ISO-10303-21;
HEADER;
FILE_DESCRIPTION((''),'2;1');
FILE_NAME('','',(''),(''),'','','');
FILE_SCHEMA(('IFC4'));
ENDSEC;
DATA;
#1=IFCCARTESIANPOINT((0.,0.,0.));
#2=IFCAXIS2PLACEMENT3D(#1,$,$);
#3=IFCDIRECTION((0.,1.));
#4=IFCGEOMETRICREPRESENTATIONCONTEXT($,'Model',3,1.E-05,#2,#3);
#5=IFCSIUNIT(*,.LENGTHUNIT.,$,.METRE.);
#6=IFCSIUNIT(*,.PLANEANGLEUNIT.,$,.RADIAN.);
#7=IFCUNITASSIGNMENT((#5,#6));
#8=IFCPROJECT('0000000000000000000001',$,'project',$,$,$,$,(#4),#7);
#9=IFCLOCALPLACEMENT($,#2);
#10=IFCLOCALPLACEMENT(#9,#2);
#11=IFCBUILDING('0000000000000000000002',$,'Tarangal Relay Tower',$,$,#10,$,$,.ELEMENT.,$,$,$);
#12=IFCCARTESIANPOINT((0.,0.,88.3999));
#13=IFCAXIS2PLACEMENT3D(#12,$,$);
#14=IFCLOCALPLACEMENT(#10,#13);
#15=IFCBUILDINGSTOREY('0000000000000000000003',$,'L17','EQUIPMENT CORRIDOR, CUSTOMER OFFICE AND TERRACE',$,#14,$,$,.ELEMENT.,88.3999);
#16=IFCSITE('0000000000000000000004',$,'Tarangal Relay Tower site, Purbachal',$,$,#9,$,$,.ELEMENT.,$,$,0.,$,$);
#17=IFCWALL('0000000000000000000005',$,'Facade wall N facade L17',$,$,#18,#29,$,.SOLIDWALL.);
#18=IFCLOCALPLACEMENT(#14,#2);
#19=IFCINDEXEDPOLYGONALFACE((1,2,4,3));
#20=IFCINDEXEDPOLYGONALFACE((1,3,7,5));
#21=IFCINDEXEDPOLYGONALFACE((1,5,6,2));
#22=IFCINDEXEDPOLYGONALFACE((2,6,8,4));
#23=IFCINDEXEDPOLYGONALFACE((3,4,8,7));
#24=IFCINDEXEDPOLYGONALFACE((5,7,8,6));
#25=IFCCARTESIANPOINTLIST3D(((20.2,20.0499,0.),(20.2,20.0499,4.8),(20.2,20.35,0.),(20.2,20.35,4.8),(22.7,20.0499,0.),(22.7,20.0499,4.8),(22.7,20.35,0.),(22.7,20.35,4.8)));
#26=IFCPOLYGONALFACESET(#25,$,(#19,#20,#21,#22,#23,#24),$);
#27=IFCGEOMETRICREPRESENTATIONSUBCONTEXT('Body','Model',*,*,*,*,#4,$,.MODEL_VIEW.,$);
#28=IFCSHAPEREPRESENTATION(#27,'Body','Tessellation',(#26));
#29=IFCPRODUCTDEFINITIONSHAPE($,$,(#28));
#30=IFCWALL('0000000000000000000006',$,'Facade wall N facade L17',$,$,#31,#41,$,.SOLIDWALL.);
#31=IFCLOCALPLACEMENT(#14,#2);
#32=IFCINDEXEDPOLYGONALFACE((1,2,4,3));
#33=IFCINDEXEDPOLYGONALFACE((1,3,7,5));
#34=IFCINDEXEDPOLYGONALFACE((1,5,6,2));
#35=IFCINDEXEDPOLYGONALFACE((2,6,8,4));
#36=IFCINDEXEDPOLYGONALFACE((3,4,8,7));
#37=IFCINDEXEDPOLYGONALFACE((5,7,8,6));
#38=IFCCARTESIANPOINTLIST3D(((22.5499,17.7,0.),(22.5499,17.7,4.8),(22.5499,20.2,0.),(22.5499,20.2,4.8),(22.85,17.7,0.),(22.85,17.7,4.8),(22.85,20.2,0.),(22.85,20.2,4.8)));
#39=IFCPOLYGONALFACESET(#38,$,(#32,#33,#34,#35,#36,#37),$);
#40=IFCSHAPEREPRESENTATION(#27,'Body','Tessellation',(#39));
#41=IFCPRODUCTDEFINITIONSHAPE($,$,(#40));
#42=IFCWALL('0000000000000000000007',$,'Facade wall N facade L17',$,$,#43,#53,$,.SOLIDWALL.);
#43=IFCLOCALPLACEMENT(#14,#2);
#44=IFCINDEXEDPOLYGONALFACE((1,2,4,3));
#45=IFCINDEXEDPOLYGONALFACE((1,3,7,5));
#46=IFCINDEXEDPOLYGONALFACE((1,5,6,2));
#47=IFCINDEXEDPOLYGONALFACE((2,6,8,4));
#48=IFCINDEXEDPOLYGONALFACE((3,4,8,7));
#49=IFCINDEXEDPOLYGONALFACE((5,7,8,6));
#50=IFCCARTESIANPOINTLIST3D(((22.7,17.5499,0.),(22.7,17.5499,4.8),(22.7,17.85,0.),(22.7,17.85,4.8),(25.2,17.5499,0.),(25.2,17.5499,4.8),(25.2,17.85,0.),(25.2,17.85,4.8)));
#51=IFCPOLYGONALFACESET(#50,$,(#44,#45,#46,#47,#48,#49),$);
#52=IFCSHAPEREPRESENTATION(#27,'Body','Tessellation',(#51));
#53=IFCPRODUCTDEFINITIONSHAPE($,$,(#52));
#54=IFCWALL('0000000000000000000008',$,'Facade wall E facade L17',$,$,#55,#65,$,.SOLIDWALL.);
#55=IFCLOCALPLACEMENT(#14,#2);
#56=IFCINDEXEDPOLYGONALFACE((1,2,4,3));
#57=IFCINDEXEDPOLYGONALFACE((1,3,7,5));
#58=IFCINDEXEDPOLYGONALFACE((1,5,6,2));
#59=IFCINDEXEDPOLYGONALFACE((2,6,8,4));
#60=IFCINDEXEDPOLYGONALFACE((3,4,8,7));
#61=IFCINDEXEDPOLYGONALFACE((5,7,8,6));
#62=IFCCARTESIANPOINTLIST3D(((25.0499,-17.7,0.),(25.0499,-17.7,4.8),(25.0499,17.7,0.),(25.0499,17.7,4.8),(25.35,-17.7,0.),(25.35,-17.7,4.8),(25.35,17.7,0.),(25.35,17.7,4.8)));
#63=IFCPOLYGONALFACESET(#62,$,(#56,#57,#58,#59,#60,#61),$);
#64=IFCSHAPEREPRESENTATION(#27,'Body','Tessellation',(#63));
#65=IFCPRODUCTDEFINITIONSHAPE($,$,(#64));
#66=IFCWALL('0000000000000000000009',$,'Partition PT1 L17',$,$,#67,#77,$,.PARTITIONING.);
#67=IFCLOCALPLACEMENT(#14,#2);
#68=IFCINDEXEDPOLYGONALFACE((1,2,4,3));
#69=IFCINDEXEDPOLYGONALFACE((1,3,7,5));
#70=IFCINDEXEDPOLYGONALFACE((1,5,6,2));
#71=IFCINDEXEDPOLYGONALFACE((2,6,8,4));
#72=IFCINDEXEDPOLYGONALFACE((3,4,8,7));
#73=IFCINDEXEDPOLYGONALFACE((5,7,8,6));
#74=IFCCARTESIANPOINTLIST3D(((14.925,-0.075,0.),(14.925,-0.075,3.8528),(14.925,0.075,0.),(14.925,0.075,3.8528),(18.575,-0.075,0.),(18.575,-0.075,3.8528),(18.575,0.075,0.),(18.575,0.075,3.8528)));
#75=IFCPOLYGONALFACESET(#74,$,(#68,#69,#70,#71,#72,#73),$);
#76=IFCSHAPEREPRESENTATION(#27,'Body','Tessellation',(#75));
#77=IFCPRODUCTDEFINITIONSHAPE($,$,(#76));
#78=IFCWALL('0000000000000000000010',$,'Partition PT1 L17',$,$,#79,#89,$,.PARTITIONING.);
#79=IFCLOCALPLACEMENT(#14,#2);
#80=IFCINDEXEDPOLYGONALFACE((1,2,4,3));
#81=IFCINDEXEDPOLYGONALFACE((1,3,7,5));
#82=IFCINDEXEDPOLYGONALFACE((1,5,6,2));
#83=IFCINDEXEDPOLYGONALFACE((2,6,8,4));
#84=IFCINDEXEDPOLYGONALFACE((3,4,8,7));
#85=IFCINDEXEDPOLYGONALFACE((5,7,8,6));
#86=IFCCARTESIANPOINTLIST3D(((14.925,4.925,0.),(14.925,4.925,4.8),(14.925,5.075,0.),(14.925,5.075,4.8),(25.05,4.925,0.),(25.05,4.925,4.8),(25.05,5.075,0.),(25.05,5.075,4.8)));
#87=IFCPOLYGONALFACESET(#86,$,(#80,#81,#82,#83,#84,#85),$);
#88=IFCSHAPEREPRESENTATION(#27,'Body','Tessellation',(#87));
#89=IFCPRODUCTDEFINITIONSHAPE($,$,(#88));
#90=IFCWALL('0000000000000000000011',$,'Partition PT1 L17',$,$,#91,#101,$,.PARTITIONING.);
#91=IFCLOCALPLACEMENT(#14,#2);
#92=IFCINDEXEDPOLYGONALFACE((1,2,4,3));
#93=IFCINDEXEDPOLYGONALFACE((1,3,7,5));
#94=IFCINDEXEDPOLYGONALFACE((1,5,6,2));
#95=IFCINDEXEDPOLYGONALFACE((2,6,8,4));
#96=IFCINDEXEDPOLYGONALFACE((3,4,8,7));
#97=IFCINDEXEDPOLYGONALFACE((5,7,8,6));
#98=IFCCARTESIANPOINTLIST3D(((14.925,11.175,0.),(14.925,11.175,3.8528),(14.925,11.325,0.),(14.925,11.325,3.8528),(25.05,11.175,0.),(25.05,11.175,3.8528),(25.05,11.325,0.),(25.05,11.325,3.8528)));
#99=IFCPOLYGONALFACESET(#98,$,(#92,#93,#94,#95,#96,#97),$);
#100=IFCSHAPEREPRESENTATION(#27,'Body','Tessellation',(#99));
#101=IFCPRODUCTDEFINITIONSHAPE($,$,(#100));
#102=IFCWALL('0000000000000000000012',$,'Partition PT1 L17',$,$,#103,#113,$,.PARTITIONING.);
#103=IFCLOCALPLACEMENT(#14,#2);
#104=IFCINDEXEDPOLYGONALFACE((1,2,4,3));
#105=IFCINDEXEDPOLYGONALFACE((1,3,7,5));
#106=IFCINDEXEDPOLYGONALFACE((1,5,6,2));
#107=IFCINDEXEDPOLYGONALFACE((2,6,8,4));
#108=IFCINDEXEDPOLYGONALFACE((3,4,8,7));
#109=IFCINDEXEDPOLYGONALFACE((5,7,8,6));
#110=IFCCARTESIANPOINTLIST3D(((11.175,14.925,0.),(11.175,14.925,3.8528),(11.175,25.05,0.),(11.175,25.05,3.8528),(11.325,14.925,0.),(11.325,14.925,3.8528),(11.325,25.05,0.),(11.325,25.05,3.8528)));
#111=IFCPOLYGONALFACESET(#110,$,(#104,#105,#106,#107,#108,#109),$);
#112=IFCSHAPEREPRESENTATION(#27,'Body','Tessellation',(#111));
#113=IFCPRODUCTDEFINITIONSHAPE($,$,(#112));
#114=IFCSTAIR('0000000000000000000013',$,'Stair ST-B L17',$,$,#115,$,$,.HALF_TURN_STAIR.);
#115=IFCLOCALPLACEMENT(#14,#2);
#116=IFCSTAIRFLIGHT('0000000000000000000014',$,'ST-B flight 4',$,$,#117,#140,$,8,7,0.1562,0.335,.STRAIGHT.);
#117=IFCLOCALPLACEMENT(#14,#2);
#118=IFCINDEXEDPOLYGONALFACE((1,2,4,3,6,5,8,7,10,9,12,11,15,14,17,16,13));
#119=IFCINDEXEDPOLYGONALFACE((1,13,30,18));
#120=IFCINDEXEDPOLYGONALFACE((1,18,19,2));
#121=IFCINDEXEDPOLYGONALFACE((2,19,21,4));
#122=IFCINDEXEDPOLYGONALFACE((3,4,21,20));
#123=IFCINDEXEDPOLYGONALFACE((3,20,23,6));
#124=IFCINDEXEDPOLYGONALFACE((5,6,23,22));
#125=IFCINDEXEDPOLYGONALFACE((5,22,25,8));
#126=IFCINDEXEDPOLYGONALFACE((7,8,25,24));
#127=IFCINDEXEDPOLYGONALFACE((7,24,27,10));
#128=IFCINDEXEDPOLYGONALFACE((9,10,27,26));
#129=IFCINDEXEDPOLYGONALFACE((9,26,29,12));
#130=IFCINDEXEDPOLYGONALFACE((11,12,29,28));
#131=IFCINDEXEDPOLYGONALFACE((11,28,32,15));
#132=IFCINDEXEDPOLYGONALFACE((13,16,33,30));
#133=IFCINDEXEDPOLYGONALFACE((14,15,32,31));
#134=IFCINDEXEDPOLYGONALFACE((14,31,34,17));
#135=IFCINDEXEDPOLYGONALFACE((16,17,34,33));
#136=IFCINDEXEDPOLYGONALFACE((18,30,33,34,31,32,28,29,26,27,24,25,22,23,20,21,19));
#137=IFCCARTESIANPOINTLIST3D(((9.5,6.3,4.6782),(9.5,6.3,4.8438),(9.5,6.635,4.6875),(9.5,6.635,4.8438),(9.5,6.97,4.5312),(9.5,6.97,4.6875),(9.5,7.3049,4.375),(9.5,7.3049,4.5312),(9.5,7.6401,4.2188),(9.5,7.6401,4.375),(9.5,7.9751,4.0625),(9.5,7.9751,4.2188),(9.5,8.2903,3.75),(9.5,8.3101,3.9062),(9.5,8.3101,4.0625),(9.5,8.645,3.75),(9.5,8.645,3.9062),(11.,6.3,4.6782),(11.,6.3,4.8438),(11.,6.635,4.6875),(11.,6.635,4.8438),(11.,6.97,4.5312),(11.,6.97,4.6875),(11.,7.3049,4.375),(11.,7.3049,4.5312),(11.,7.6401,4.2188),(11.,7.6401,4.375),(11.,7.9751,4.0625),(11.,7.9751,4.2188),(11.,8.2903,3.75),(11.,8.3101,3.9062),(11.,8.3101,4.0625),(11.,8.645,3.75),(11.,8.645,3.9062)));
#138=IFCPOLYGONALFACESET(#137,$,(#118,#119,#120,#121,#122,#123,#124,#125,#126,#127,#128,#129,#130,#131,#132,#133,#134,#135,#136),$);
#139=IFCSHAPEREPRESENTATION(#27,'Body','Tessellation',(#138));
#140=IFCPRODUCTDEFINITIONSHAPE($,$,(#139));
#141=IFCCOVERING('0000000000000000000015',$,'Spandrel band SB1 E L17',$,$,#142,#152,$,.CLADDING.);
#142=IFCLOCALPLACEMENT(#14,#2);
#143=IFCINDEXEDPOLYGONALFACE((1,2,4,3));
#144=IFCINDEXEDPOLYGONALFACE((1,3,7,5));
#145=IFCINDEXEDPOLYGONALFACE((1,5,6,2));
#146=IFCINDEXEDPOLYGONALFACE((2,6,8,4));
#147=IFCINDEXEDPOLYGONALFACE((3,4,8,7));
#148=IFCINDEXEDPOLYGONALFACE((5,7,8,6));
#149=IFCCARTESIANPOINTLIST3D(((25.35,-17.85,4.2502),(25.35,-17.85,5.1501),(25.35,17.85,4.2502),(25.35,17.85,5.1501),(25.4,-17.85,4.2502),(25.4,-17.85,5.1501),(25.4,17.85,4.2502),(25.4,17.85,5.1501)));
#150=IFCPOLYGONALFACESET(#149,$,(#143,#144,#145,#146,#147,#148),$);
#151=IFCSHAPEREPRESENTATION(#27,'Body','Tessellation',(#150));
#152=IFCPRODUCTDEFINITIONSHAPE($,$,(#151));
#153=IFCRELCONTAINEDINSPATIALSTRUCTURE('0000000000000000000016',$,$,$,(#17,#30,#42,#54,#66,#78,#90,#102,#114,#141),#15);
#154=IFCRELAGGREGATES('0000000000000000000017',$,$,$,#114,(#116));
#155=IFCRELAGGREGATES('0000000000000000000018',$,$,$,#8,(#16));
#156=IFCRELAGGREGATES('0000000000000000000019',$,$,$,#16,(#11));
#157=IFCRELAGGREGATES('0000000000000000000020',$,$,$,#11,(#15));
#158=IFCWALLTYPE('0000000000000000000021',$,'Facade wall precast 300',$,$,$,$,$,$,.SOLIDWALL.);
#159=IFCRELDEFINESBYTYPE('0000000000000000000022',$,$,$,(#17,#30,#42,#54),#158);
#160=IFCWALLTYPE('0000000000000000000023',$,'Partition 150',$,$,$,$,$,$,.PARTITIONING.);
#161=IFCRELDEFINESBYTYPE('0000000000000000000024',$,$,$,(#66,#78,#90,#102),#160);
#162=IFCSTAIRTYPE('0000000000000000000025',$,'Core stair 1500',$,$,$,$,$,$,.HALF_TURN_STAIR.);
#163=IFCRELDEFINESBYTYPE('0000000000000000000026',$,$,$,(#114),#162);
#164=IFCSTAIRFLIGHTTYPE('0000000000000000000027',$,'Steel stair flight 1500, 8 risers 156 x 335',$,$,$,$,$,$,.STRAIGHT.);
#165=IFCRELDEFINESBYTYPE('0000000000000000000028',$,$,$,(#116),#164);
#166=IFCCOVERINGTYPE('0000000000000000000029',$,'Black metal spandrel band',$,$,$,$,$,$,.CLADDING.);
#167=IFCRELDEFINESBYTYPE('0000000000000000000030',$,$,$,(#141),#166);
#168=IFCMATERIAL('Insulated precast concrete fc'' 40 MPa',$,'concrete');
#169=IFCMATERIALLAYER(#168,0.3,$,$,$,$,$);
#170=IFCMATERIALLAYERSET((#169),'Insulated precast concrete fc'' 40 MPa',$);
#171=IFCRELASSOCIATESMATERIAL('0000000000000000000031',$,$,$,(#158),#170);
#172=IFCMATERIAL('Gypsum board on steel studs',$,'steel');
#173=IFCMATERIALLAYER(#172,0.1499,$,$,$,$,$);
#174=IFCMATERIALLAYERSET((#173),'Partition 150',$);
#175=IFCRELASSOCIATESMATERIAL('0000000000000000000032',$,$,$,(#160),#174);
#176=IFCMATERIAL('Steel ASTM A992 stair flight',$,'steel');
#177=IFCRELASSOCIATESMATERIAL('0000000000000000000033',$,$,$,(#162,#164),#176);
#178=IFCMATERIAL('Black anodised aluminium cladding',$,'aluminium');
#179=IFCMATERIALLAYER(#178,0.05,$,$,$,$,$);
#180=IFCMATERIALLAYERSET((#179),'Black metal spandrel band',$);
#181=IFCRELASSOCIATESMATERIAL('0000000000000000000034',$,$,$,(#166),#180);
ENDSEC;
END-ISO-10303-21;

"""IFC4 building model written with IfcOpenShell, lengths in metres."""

from ifc_helpers import new_model, si_unit, direction, frame, frame_2d, origin, origin_2d, place, context, subcontext, project, spatial, polyline, rectangle, outline, extrude, material, layer, layer_set, type_object, element, aggregate, save


model = new_model("IFC4")

# Units and contexts
model_context = context("Model", 3, precision=1e-05, world=origin(), true_north=direction((0.0, 1.0)))
body_context = subcontext(model_context, "Body", "Model", "MODEL_VIEW")
ifc_project = project(units=[si_unit("LENGTHUNIT", "METRE"), si_unit("PLANEANGLEUNIT", "RADIAN")], contexts=[model_context])

# Site, building, storey
site_placement = place(None, origin())
site = spatial("IfcSite", under=ifc_project, at=site_placement, Name="Tarangal Relay Tower site, Purbachal", CompositionType="ELEMENT", RefElevation=0.0)
building_placement = place(site_placement, origin())
building = spatial("IfcBuilding", under=site, at=building_placement, Name="Tarangal Relay Tower", CompositionType="ELEMENT")
storey_placement = place(building_placement, frame((0.0, 0.0, 88.3999)))
storey = spatial("IfcBuildingStorey", under=building, at=storey_placement, Name="L17", Description="EQUIPMENT CORRIDOR, CUSTOMER OFFICE AND TERRACE", CompositionType="ELEMENT", Elevation=88.3999)

# Shared definitions
ifc_material_1 = material(Name="Insulated precast concrete fc' 40 MPa", Category="concrete")
ifc_layer_1 = layer(ifc_material_1, 0.3)
ifc_layer_set_1 = layer_set([ifc_layer_1], Name="Insulated precast concrete fc' 40 MPa")
wall_type_1 = type_object("IfcWallType", Name="Facade wall precast 300", PredefinedType="SOLIDWALL", material=ifc_layer_set_1)

# Walls
for number, where, z_axis, x_axis, name in (
    (1, (20.2, 20.2, 0.0), (0.0, 0.0, 1.0), (1.0, 0.0, 0.0), "Facade wall N facade L17"),
    (2, (22.7, 20.2, 0.0), (0.0, 0.0, 1.0), (0.0, -1.0, 0.0), "Facade wall N facade L17"),
    (3, (22.7, 17.7, 0.0), (0.0, 0.0, 1.0), (1.0, 0.0, 0.0), "Facade wall N facade L17"),
):
    element("IfcWall", number, at=place(storey_placement, frame(where, z_axis=z_axis, x_axis=x_axis)), inside=storey, type_object=wall_type_1, Name=name, PredefinedType="SOLIDWALL", context=body_context, shape_type="SweptSolid", body=[
        extrude(rectangle(XDim=2.5, YDim=0.3, at=frame_2d((1.25, 0.0))), origin(), (0.0, 0.0, 1.0), 4.8),
    ])
wall_1_placement = place(storey_placement, frame((25.2, 17.7, 0.0), z_axis=(0.0, 0.0, 1.0), x_axis=(0.0, -1.0, 0.0)))
element("IfcWall", 4, at=wall_1_placement, inside=storey, type_object=wall_type_1, Name="Facade wall E facade L17", PredefinedType="SOLIDWALL", context=body_context, shape_type="SweptSolid", body=[
    extrude(rectangle(XDim=35.3999, YDim=0.3, at=frame_2d((17.7, 0.0))), origin(), (0.0, 0.0, 1.0), 4.8),
])
ifc_material_2 = material(Name="Gypsum board on steel studs", Category="steel")
ifc_layer_2 = layer(ifc_material_2, 0.1499)
ifc_layer_set_2 = layer_set([ifc_layer_2], Name="Partition 150")
wall_type_2 = type_object("IfcWallType", Name="Partition 150", PredefinedType="PARTITIONING", material=ifc_layer_set_2)
wall_2_placement = place(storey_placement, frame((14.925, 0.0, 0.0), z_axis=(0.0, 0.0, 1.0), x_axis=(1.0, 0.0, 0.0)))
element("IfcWall", 5, at=wall_2_placement, inside=storey, type_object=wall_type_2, Name="Partition PT1 L17", PredefinedType="PARTITIONING", context=body_context, shape_type="SweptSolid", body=[
    extrude(rectangle(XDim=3.6499, YDim=0.1499, at=frame_2d((1.825, 0.0))), origin(), (0.0, 0.0, 1.0), 3.8528),
])
wall_3_placement = place(storey_placement, frame((14.925, 5.0, 0.0), z_axis=(0.0, 0.0, 1.0), x_axis=(1.0, 0.0, 0.0)))
element("IfcWall", 6, at=wall_3_placement, inside=storey, type_object=wall_type_2, Name="Partition PT1 L17", PredefinedType="PARTITIONING", context=body_context, shape_type="SweptSolid", body=[
    extrude(rectangle(XDim=10.125, YDim=0.1499, at=frame_2d((5.0625, 0.0))), origin(), (0.0, 0.0, 1.0), 4.8),
])
for number, where, z_axis, x_axis, name in (
    (7, (14.925, 11.25, 0.0), (0.0, 0.0, 1.0), (1.0, 0.0, 0.0), "Partition PT1 L17"),
    (8, (11.25, 14.925, 0.0), (0.0, 0.0, 1.0), (0.0, 1.0, 0.0), "Partition PT1 L17"),
):
    element("IfcWall", number, at=place(storey_placement, frame(where, z_axis=z_axis, x_axis=x_axis)), inside=storey, type_object=wall_type_2, Name=name, PredefinedType="PARTITIONING", context=body_context, shape_type="SweptSolid", body=[
        extrude(rectangle(XDim=10.125, YDim=0.1499, at=frame_2d((5.0625, 0.0))), origin(), (0.0, 0.0, 1.0), 3.8528),
    ])

# Stair, stair flight
ifc_material_3 = material(Name="Steel ASTM A992 stair flight", Category="steel")
stair_type = type_object("IfcStairType", Name="Core stair 1500", PredefinedType="HALF_TURN_STAIR", material=ifc_material_3)
stair_placement = place(storey_placement, origin())
stair = element("IfcStair", 9, at=stair_placement, inside=storey, type_object=stair_type, Name="Stair ST-B L17", PredefinedType="HALF_TURN_STAIR")
stair_flight_type = type_object("IfcStairFlightType", Name="Steel stair flight 1500, 8 risers 156 x 335", PredefinedType="STRAIGHT", material=ifc_material_3)
stair_flight_placement = place(storey_placement, frame((10.25, 8.645, 3.75), z_axis=(0.0, 0.0, 1.0), x_axis=(0.0, -1.0, 0.0)))
stair_flight = element("IfcStairFlight", 10, at=stair_flight_placement, type_object=stair_flight_type, Name="ST-B flight 4", NumberOfRisers=8, NumberOfTreads=7, PredefinedType="STRAIGHT", RiserHeight=0.1562, TreadLength=0.335, context=body_context, shape_type="SweptSolid", body=[
    extrude(outline(polyline([(0.0, 0.0), (0.0, 0.1562), (0.335, 0.1562), (0.335, 0.3125), (0.6699, 0.3125), (0.6699, 0.4688), (1.0049, 0.4688), (1.0049, 0.625), (1.3401, 0.625), (1.3401, 0.7812), (1.675, 0.7812), (1.675, 0.9375), (2.01, 0.9375), (2.01, 1.0938), (2.345, 1.0938), (2.345, 1.25), (2.345, 0.9282), (0.3547, 0.0), (0.0, 0.0)])), frame((0.0, 0.75, 0.0), z_axis=(0.0, -1.0, 0.0), x_axis=(1.0, 0.0, 0.0)), (0.0, 0.0, 1.0), 1.5),
])
aggregate(stair, [stair_flight])

# Covering
ifc_material_4 = material(Name="Black anodised aluminium cladding", Category="aluminium")
ifc_layer_3 = layer(ifc_material_4, 0.05)
ifc_layer_set_3 = layer_set([ifc_layer_3], Name="Black metal spandrel band")
covering_type = type_object("IfcCoveringType", Name="Black metal spandrel band", PredefinedType="CLADDING", material=ifc_layer_set_3)
covering_placement = place(storey_placement, frame((25.375, 0.0, 4.2502), z_axis=(0.0, 0.0, 1.0), x_axis=(0.0, -1.0, 0.0)))
element("IfcCovering", 11, at=covering_placement, inside=storey, type_object=covering_type, Name="Spandrel band SB1 E L17", PredefinedType="CLADDING", context=body_context, shape_type="SweptSolid", body=[
    extrude(rectangle(XDim=35.7, YDim=0.05, at=origin_2d()), origin(), (0.0, 0.0, 1.0), 0.8999),
])

save(model, "model.ifc")
